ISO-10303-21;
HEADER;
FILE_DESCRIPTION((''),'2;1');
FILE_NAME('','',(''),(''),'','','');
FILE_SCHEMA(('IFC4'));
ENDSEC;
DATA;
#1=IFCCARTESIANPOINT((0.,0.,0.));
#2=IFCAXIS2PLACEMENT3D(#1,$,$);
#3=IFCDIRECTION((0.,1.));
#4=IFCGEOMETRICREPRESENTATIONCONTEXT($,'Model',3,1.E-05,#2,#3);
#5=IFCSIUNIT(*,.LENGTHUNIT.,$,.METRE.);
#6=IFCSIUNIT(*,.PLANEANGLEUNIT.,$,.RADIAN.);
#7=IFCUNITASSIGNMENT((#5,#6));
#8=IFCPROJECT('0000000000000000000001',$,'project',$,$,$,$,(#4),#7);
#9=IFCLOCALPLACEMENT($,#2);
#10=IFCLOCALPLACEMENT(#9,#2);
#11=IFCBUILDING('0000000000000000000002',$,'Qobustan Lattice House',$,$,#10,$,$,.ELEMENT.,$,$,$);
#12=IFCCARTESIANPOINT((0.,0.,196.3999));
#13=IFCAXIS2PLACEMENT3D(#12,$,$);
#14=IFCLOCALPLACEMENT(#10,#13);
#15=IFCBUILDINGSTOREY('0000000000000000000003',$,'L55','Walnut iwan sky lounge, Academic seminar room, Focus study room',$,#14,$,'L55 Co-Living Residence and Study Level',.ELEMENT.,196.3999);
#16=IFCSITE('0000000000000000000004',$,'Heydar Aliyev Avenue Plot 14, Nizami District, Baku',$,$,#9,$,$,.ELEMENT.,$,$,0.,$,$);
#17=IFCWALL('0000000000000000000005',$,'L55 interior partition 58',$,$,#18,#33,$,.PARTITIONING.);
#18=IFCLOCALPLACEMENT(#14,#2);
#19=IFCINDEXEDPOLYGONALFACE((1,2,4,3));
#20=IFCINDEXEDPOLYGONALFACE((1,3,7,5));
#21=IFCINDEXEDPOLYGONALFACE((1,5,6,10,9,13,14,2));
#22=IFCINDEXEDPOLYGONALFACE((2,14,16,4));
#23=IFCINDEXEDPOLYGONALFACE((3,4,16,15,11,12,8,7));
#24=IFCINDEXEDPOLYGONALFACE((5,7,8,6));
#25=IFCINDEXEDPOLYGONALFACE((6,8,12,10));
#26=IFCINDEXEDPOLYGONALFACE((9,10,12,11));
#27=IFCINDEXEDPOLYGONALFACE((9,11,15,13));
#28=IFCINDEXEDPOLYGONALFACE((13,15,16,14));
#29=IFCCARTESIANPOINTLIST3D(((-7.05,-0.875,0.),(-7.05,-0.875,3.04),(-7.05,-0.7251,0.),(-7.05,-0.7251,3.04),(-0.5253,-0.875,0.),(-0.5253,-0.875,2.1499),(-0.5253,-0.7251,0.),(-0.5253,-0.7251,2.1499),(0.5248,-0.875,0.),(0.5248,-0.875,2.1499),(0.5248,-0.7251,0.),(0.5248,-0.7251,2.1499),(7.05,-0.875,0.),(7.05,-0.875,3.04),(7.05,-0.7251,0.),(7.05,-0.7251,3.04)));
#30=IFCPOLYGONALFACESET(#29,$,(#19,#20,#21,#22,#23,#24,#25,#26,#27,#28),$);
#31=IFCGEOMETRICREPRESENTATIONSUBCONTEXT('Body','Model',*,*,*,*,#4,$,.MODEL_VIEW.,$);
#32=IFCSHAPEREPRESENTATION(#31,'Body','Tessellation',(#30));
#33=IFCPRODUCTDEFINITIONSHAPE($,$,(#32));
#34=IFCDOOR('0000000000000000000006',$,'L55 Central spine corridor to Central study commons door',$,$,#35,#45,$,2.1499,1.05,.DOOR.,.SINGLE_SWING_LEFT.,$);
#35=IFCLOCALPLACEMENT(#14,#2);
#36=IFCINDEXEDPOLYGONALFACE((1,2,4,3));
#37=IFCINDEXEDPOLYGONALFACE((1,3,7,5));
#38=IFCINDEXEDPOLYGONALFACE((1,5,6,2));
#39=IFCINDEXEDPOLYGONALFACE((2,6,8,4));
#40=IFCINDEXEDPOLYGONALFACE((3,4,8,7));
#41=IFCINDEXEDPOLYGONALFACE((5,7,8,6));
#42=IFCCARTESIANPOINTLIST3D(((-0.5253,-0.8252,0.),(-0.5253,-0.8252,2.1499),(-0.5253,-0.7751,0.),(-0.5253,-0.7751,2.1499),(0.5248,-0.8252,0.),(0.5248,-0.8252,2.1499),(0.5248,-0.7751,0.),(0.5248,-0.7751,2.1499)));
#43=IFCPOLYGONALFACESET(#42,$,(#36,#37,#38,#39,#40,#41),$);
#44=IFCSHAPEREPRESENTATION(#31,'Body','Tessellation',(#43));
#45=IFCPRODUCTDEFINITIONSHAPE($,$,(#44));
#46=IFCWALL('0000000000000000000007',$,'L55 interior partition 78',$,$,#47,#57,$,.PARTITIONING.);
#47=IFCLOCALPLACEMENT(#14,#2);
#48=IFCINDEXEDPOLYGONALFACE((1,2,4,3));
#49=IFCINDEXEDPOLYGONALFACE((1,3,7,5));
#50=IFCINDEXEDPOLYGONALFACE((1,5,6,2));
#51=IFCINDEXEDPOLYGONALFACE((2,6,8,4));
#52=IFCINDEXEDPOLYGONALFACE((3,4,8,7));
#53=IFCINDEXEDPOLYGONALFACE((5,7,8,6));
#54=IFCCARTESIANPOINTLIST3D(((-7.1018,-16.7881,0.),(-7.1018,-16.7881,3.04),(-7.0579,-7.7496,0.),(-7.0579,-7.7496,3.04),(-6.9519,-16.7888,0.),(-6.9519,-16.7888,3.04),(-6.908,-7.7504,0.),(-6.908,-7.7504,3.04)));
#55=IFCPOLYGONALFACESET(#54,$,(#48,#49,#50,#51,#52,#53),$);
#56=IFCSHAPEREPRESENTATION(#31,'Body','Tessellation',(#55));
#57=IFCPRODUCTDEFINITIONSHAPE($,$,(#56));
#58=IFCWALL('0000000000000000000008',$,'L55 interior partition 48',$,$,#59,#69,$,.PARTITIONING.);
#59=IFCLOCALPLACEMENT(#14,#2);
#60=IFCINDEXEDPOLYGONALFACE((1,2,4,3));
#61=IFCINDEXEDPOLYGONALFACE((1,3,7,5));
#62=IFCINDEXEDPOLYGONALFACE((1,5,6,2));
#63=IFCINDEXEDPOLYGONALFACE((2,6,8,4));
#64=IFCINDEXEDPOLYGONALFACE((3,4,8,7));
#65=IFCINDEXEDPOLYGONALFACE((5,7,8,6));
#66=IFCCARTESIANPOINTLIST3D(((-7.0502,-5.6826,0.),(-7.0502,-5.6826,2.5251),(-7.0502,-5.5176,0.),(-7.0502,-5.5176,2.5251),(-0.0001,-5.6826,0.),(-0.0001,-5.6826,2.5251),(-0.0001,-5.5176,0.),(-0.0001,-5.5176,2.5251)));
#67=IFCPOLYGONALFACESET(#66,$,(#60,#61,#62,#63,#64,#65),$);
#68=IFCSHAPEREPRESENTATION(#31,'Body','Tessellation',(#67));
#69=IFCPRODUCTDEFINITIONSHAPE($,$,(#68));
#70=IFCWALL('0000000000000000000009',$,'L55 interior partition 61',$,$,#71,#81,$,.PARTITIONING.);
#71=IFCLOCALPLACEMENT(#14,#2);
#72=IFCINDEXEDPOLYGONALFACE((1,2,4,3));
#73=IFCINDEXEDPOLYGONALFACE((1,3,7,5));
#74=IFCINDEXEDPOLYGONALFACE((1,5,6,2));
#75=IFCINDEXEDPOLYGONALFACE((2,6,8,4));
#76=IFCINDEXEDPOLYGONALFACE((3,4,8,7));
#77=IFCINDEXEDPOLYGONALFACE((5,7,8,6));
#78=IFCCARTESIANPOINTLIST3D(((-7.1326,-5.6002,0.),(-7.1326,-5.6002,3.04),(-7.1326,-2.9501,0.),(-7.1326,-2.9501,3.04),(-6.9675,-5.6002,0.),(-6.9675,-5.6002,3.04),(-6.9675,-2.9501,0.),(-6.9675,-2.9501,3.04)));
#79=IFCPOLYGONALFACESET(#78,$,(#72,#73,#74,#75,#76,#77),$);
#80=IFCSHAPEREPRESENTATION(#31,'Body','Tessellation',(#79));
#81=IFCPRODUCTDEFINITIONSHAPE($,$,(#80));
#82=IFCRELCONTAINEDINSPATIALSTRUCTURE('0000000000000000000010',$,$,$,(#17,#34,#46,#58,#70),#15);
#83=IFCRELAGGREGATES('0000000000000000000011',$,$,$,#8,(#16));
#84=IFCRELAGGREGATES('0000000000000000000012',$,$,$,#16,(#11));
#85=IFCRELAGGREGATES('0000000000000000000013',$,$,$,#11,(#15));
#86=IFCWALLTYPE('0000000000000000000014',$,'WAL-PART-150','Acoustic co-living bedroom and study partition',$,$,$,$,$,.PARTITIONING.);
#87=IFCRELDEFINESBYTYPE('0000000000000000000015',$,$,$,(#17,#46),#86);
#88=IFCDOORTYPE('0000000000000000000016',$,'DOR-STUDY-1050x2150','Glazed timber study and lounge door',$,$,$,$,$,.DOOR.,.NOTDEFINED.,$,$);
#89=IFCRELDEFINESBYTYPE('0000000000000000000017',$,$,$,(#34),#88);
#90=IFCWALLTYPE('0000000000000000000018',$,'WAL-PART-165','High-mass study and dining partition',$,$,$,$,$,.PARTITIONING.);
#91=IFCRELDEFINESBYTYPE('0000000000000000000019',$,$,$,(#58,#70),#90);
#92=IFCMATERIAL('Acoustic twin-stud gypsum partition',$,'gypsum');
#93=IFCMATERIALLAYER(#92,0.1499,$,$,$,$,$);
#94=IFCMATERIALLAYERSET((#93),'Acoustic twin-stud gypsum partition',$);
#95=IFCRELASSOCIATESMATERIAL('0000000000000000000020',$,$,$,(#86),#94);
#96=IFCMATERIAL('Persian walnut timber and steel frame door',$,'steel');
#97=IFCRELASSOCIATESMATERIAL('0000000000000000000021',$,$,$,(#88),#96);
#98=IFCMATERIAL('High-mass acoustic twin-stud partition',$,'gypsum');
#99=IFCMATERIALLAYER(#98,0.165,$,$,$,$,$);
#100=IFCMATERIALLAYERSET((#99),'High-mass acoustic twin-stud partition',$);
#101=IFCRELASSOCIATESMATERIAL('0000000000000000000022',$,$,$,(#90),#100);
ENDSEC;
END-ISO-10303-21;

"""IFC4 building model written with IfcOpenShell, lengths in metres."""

from ifc_helpers import new_model, si_unit, direction, frame, frame_2d, origin, place, context, subcontext, project, spatial, rectangle, extrude, material, layer, layer_set, type_object, element, fill, save


model = new_model("IFC4")

# Units and contexts
model_context = context("Model", 3, precision=1e-05, world=origin(), true_north=direction((0.0, 1.0)))
body_context = subcontext(model_context, "Body", "Model", "MODEL_VIEW")
ifc_project = project(units=[si_unit("LENGTHUNIT", "METRE"), si_unit("PLANEANGLEUNIT", "RADIAN")], contexts=[model_context])

# Site, building, storey
site_placement = place(None, origin())
site = spatial("IfcSite", under=ifc_project, at=site_placement, Name="Heydar Aliyev Avenue Plot 14, Nizami District, Baku", CompositionType="ELEMENT", RefElevation=0.0)
building_placement = place(site_placement, origin())
building = spatial("IfcBuilding", under=site, at=building_placement, Name="Qobustan Lattice House", CompositionType="ELEMENT")
storey_placement = place(building_placement, frame((0.0, 0.0, 196.3999)))
storey = spatial("IfcBuildingStorey", under=building, at=storey_placement, Name="L55", Description="Walnut iwan sky lounge, Academic seminar room, Focus study room", LongName="L55 Co-Living Residence and Study Level", CompositionType="ELEMENT", Elevation=196.3999)

# Wall, opening, door
ifc_material_1 = material(Name="Acoustic twin-stud gypsum partition", Category="gypsum")
ifc_layer_1 = layer(ifc_material_1, 0.1499)
ifc_layer_set_1 = layer_set([ifc_layer_1], Name="Acoustic twin-stud gypsum partition")
wall_type_1 = type_object("IfcWallType", Name="WAL-PART-150", Description="Acoustic co-living bedroom and study partition", PredefinedType="PARTITIONING", material=ifc_layer_set_1)
ifc_material_2 = material(Name="Persian walnut timber and steel frame door", Category="steel")
door_type_1 = type_object("IfcDoorType", Name="DOR-STUDY-1050x2150", Description="Glazed timber study and lounge door", OperationType="NOTDEFINED", PredefinedType="DOOR", material=ifc_material_2)
wall_1_placement = place(storey_placement, frame((-7.05, -0.8, 0.0), z_axis=(0.0, 0.0, 1.0), x_axis=(1.0, 0.0, 0.0)))
wall_1 = element("IfcWall", 1, at=wall_1_placement, inside=storey, type_object=wall_type_1, Name="L55 interior partition 58", PredefinedType="PARTITIONING", context=body_context, shape_type="SweptSolid", body=[
    extrude(rectangle(XDim=14.1001, YDim=0.1499, at=frame_2d((7.05, 0.0))), origin(), (0.0, 0.0, 1.0), 3.04),
])
opening_1_placement = place(wall_1_placement, frame((6.5249, 0.0, 0.0)))
opening_1 = element("IfcOpeningElement", 2, at=opening_1_placement, cuts=wall_1, PredefinedType="OPENING", context=body_context, shape_type="SweptSolid", body=[
    extrude(rectangle(XDim=1.05, YDim=2.1499, at=frame_2d((0.5249, 1.075))), frame((0.0, 0.085, 0.0), z_axis=(0.0, -1.0, 0.0), x_axis=(1.0, 0.0, 0.0)), (0.0, 0.0, 1.0), 0.1699),
])
door_1_placement = place(opening_1_placement, origin())
door_1 = element("IfcDoor", 3, at=door_1_placement, inside=storey, type_object=door_type_1, Name="L55 Central spine corridor to Central study commons door", OperationType="SINGLE_SWING_LEFT", OverallHeight=2.1499, OverallWidth=1.05, PredefinedType="DOOR", context=body_context, shape_type="SweptSolid", body=[
    extrude(rectangle(XDim=1.05, YDim=2.1499, at=frame_2d((0.5249, 1.075))), frame((0.0, 0.0249, 0.0), z_axis=(0.0, -1.0, 0.0), x_axis=(1.0, 0.0, 0.0)), (0.0, 0.0, 1.0), 0.05),
])
fill(opening_1, door_1)

# Walls
wall_2_placement = place(storey_placement, frame((-6.9829, -7.75, 0.0), z_axis=(0.0, 0.0, 1.0), x_axis=(-0.004862, -0.999988, 0.0)))
element("IfcWall", 4, at=wall_2_placement, inside=storey, type_object=wall_type_1, Name="L55 interior partition 78", PredefinedType="PARTITIONING", context=body_context, shape_type="SweptSolid", body=[
    extrude(rectangle(XDim=9.0386, YDim=0.1499, at=frame_2d((4.5193, 0.0))), origin(), (0.0, 0.0, 1.0), 3.04),
])
ifc_material_3 = material(Name="High-mass acoustic twin-stud partition", Category="gypsum")
ifc_layer_2 = layer(ifc_material_3, 0.165)
ifc_layer_set_2 = layer_set([ifc_layer_2], Name="High-mass acoustic twin-stud partition")
wall_type_2 = type_object("IfcWallType", Name="WAL-PART-165", Description="High-mass study and dining partition", PredefinedType="PARTITIONING", material=ifc_layer_set_2)
wall_3_placement = place(storey_placement, frame((-7.05, -5.6001, 0.0), z_axis=(0.0, 0.0, 1.0), x_axis=(1.0, 0.0, 0.0)))
element("IfcWall", 5, at=wall_3_placement, inside=storey, type_object=wall_type_2, Name="L55 interior partition 48", PredefinedType="PARTITIONING", context=body_context, shape_type="SweptSolid", body=[
    extrude(rectangle(XDim=7.05, YDim=0.165, at=frame_2d((3.5249, 0.0))), origin(), (0.0, 0.0, 1.0), 2.5251),
])
wall_4_placement = place(storey_placement, frame((-7.05, -2.95, 0.0), z_axis=(0.0, 0.0, 1.0), x_axis=(0.0, -1.0, 0.0)))
element("IfcWall", 6, at=wall_4_placement, inside=storey, type_object=wall_type_2, Name="L55 interior partition 61", PredefinedType="PARTITIONING", context=body_context, shape_type="SweptSolid", body=[
    extrude(rectangle(XDim=2.6501, YDim=0.165, at=frame_2d((1.3252, 0.0))), origin(), (0.0, 0.0, 1.0), 3.04),
])

save(model, "model.ifc")
